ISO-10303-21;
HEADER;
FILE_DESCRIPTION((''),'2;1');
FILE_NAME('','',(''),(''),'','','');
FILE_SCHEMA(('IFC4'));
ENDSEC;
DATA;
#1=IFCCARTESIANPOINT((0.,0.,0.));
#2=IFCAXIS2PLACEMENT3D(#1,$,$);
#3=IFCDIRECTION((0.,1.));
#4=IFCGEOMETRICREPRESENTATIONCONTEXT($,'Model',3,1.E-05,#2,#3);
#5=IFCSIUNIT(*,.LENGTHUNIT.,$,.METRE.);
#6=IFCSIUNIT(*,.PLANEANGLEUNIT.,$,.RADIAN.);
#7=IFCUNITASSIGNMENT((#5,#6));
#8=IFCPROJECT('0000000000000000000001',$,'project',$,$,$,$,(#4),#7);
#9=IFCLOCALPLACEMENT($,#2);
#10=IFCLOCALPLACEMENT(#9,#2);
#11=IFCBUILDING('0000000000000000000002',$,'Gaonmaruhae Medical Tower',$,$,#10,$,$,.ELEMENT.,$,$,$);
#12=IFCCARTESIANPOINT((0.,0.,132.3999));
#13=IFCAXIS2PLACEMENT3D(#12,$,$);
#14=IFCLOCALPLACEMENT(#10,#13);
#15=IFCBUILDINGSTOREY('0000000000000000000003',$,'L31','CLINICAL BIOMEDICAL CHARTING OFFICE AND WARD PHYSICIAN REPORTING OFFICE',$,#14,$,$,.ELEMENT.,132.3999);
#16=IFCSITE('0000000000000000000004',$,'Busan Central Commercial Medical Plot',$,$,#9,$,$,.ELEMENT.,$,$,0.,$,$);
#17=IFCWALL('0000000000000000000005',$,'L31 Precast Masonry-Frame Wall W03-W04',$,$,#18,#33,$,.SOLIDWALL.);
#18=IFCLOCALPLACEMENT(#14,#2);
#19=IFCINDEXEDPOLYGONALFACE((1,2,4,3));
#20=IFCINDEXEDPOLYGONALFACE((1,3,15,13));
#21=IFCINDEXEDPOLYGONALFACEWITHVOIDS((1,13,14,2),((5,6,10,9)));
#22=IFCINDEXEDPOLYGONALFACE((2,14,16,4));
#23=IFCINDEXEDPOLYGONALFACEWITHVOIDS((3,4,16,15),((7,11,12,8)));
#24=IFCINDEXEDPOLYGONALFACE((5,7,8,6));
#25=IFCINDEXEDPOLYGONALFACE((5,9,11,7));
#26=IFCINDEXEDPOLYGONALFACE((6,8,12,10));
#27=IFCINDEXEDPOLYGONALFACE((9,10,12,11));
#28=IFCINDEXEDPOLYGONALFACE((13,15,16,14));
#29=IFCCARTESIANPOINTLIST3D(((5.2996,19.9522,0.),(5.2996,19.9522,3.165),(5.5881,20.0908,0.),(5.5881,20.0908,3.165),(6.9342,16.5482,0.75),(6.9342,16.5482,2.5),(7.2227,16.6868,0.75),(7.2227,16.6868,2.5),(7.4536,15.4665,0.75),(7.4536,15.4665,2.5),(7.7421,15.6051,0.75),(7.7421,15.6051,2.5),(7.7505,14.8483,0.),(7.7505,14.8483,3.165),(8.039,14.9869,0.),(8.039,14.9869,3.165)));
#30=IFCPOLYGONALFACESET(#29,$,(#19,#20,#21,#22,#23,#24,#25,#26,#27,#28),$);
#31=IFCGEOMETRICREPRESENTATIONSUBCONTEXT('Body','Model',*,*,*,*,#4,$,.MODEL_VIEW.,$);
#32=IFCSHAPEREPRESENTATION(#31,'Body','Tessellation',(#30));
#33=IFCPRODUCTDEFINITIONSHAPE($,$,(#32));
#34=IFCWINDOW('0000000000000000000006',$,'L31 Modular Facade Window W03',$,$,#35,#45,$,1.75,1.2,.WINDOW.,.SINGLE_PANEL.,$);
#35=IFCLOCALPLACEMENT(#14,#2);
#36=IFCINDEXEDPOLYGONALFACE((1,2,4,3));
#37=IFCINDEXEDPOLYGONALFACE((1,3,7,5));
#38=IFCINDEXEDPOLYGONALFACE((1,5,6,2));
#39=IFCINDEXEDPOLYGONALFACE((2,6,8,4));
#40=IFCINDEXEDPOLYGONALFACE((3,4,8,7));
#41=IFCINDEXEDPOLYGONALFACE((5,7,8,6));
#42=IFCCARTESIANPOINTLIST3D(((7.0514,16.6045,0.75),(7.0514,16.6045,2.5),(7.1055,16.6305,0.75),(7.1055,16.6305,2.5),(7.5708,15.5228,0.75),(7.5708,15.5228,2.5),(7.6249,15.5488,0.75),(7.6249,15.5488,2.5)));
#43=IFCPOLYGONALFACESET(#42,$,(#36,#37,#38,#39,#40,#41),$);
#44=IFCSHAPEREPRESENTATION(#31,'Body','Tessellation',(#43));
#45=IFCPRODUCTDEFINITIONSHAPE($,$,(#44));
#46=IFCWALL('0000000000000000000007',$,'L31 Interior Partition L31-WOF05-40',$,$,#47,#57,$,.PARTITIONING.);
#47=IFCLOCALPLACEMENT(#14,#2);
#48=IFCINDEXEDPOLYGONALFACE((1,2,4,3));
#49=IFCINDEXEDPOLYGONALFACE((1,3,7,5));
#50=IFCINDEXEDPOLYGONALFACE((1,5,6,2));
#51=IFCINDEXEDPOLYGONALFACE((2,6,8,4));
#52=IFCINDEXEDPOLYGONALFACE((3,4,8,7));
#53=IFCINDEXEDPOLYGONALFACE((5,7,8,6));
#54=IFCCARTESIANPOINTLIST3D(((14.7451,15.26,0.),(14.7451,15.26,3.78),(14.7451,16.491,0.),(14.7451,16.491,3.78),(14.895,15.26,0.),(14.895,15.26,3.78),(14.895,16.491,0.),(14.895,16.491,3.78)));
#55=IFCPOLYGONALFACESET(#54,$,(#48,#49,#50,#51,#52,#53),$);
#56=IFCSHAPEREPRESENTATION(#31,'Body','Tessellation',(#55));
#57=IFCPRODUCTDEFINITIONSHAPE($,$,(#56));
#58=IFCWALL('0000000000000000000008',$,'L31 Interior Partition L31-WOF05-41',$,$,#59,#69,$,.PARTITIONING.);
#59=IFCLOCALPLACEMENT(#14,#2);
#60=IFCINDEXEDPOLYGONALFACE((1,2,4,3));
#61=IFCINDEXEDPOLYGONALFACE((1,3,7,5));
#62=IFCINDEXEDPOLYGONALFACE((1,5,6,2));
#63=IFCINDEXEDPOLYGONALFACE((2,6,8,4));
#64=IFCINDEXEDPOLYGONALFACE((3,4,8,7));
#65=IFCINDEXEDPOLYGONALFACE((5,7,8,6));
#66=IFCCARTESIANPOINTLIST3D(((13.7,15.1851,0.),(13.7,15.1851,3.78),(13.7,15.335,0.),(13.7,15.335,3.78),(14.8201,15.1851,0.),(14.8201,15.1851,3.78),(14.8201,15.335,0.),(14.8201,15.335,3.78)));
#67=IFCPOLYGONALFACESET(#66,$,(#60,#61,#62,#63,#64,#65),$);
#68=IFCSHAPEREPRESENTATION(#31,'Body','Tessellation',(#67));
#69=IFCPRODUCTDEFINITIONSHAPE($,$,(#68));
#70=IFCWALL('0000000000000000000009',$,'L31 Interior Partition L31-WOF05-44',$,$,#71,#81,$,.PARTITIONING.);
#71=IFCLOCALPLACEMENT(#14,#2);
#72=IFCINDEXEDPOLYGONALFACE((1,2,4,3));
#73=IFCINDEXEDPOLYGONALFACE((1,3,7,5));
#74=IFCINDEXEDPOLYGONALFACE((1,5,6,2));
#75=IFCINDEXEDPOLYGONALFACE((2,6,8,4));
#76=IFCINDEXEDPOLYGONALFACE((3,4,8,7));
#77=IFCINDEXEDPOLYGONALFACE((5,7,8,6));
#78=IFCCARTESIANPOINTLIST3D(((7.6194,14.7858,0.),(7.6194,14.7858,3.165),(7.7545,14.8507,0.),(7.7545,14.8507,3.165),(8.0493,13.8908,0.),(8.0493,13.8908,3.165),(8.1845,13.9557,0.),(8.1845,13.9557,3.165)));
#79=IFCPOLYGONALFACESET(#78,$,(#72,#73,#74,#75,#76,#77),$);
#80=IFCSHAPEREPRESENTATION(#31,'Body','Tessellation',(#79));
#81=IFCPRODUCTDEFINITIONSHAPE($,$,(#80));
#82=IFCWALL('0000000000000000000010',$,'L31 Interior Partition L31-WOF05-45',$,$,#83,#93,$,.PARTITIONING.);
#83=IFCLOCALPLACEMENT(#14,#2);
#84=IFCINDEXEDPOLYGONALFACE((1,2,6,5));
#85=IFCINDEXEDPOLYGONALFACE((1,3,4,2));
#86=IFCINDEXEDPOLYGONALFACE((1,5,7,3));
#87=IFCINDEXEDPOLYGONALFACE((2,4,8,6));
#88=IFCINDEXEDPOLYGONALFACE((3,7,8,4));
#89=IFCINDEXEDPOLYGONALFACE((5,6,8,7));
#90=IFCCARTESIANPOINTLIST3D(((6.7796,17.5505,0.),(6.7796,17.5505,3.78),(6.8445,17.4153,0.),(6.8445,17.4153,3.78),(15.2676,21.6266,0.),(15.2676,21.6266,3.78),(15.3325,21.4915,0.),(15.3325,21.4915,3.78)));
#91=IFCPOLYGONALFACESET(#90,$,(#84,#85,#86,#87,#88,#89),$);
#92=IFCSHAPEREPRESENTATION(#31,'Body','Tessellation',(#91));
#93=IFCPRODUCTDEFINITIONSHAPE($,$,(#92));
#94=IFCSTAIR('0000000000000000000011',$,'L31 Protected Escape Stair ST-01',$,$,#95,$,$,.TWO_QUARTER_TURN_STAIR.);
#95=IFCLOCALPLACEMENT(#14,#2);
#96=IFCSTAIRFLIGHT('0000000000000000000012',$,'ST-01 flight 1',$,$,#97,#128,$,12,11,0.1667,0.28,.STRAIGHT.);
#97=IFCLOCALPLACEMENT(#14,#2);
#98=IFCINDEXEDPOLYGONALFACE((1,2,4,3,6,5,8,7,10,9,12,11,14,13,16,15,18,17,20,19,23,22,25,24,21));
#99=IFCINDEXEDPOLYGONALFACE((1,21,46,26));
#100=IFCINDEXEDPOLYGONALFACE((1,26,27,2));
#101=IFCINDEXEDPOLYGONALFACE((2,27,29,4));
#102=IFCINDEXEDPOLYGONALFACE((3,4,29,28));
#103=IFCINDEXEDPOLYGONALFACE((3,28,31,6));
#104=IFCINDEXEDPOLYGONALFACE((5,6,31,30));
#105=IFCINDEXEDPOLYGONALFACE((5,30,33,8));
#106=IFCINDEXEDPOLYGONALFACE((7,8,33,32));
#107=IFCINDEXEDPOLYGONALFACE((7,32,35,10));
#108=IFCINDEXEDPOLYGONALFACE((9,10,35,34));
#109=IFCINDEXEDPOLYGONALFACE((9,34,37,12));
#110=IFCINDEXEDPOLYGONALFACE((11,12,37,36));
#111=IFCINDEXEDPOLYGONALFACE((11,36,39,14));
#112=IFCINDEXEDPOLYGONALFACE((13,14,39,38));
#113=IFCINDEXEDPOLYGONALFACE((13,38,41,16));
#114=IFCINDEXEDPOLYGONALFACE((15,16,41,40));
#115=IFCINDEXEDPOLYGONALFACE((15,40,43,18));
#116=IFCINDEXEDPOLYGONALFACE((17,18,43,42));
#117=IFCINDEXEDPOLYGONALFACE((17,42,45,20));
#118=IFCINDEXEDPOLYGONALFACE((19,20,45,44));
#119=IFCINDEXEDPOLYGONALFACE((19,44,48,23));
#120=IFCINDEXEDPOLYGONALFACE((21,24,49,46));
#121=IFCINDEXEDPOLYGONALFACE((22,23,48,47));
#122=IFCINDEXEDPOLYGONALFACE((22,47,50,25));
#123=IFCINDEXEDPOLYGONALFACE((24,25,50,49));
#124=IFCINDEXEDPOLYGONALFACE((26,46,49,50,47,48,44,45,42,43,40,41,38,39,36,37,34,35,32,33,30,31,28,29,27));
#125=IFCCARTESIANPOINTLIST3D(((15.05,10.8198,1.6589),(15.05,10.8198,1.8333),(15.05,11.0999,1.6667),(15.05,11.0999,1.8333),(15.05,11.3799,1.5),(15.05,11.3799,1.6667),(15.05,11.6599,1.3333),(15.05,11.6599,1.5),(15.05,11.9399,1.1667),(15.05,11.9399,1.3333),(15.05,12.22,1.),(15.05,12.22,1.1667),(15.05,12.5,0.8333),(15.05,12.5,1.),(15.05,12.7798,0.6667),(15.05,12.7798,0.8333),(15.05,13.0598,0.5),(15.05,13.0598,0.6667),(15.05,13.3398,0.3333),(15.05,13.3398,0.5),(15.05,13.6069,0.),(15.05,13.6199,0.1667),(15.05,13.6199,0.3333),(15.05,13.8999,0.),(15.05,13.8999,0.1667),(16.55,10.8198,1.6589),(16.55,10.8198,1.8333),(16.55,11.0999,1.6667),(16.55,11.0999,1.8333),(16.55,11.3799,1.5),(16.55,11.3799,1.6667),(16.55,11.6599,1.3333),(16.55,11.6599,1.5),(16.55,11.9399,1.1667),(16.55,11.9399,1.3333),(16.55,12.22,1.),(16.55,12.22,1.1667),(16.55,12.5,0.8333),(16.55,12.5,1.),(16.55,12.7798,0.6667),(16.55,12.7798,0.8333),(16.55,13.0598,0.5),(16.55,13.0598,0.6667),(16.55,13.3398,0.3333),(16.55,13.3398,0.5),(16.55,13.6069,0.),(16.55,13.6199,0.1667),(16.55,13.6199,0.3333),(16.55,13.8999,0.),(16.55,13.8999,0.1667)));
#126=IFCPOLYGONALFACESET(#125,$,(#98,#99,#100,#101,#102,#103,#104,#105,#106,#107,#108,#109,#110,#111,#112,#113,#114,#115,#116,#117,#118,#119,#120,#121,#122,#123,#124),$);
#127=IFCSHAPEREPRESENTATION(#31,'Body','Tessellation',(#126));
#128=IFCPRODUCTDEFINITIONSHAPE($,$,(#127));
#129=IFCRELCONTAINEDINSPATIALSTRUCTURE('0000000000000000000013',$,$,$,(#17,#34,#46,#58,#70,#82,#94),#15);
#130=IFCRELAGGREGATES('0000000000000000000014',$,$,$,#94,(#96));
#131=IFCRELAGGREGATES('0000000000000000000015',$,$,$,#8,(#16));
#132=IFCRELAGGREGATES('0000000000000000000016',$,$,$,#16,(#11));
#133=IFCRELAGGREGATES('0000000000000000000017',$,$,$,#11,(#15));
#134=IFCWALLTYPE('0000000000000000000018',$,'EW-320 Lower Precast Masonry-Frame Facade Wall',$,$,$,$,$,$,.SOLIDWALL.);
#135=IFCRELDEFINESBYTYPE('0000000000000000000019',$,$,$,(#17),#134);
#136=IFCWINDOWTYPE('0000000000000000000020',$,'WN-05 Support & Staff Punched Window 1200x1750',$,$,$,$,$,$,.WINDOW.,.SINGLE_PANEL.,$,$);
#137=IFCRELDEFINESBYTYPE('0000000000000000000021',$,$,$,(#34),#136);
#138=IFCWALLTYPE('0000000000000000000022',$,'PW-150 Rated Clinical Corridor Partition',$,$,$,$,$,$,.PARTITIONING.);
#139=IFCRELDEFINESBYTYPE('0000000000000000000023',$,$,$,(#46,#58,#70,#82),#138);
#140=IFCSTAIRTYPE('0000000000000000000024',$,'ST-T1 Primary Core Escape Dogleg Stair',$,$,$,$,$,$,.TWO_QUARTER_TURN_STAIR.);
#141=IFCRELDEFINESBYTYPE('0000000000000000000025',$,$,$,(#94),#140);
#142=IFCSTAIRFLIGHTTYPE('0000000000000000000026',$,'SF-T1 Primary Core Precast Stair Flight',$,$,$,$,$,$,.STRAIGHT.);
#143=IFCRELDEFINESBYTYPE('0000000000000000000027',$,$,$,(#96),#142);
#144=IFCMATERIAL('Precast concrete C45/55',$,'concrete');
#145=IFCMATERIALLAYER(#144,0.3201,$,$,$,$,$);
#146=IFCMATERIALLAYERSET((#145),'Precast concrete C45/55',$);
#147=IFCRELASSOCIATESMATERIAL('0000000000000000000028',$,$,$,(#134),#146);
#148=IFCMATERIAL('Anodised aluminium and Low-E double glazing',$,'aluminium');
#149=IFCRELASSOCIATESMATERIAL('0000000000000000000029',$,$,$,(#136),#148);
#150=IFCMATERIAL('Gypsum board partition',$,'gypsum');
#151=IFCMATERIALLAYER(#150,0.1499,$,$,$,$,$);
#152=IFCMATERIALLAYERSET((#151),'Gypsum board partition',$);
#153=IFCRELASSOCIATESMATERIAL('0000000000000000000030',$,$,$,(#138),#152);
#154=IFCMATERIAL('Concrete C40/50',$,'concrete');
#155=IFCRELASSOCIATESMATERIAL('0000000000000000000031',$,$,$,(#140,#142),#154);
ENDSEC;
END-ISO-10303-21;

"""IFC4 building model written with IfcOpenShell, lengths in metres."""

from ifc_helpers import new_model, si_unit, direction, frame, frame_2d, origin, place, context, subcontext, project, spatial, polyline, rectangle, outline, extrude, material, layer, layer_set, type_object, element, fill, aggregate, save


model = new_model("IFC4")

# Units and contexts
model_context = context("Model", 3, precision=1e-05, world=origin(), true_north=direction((0.0, 1.0)))
body_context = subcontext(model_context, "Body", "Model", "MODEL_VIEW")
ifc_project = project(units=[si_unit("LENGTHUNIT", "METRE"), si_unit("PLANEANGLEUNIT", "RADIAN")], contexts=[model_context])

# Site, building, storey
site_placement = place(None, origin())
site = spatial("IfcSite", under=ifc_project, at=site_placement, Name="Busan Central Commercial Medical Plot", CompositionType="ELEMENT", RefElevation=0.0)
building_placement = place(site_placement, origin())
building = spatial("IfcBuilding", under=site, at=building_placement, Name="Gaonmaruhae Medical Tower", CompositionType="ELEMENT")
storey_placement = place(building_placement, frame((0.0, 0.0, 132.3999)))
storey = spatial("IfcBuildingStorey", under=building, at=storey_placement, Name="L31", Description="CLINICAL BIOMEDICAL CHARTING OFFICE AND WARD PHYSICIAN REPORTING OFFICE", CompositionType="ELEMENT", Elevation=132.3999)

# Wall, opening, window
ifc_material_1 = material(Name="Precast concrete C45/55", Category="concrete")
ifc_layer_1 = layer(ifc_material_1, 0.3201)
ifc_layer_set_1 = layer_set([ifc_layer_1], Name="Precast concrete C45/55")
wall_type_1 = type_object("IfcWallType", Name="EW-320 Lower Precast Masonry-Frame Facade Wall", PredefinedType="SOLIDWALL", material=ifc_layer_set_1)
wall_1_placement = place(storey_placement, frame((7.8948, 14.9175, 0.0), z_axis=(0.0, 0.0, 1.0), x_axis=(-0.432875, 0.901454, 0.0)))
wall_1 = element("IfcWall", 1, at=wall_1_placement, inside=storey, type_object=wall_type_1, Name="L31 Precast Masonry-Frame Wall W03-W04", PredefinedType="SOLIDWALL", context=body_context, shape_type="SweptSolid", body=[
    extrude(rectangle(XDim=5.6619, YDim=0.3201, at=frame_2d((2.8311, 0.0))), origin(), (0.0, 0.0, 1.0), 3.165),
])
opening_1_placement = place(wall_1_placement, frame((0.6858, 0.0, 0.75)))
opening_1 = element("IfcOpeningElement", 2, at=opening_1_placement, cuts=wall_1, PredefinedType="OPENING", context=body_context, shape_type="SweptSolid", body=[
    extrude(rectangle(XDim=1.2, YDim=1.75, at=frame_2d((0.6001, 0.875))), frame((0.0, 0.1699, 0.0), z_axis=(0.0, -1.0, 0.0), x_axis=(1.0, 0.0, 0.0)), (0.0, 0.0, 1.0), 0.3401),
])
ifc_material_2 = material(Name="Anodised aluminium and Low-E double glazing", Category="aluminium")
window_type = type_object("IfcWindowType", Name="WN-05 Support & Staff Punched Window 1200x1750", PartitioningType="SINGLE_PANEL", PredefinedType="WINDOW", material=ifc_material_2)
window_placement = place(opening_1_placement, origin())
window = element("IfcWindow", 3, at=window_placement, inside=storey, type_object=window_type, Name="L31 Modular Facade Window W03", OverallHeight=1.75, OverallWidth=1.2, PartitioningType="SINGLE_PANEL", PredefinedType="WINDOW", context=body_context, shape_type="SweptSolid", body=[
    extrude(rectangle(XDim=1.2, YDim=1.75, at=frame_2d((0.6001, 0.875))), frame((0.0, 0.03, 0.0), z_axis=(0.0, -1.0, 0.0), x_axis=(1.0, 0.0, 0.0)), (0.0, 0.0, 1.0), 0.0601),
])
fill(opening_1, window)

# Walls
ifc_material_3 = material(Name="Gypsum board partition", Category="gypsum")
ifc_layer_2 = layer(ifc_material_3, 0.1499)
ifc_layer_set_2 = layer_set([ifc_layer_2], Name="Gypsum board partition")
wall_type_2 = type_object("IfcWallType", Name="PW-150 Rated Clinical Corridor Partition", PredefinedType="PARTITIONING", material=ifc_layer_set_2)
wall_2_placement = place(storey_placement, frame((14.8201, 16.491, 0.0), z_axis=(0.0, 0.0, 1.0), x_axis=(0.0, -1.0, 0.0)))
element("IfcWall", 4, at=wall_2_placement, inside=storey, type_object=wall_type_2, Name="L31 Interior Partition L31-WOF05-40", PredefinedType="PARTITIONING", context=body_context, shape_type="SweptSolid", body=[
    extrude(rectangle(XDim=1.231, YDim=0.1499, at=frame_2d((0.6155, 0.0))), origin(), (0.0, 0.0, 1.0), 3.78),
])
wall_3_placement = place(storey_placement, frame((14.8201, 15.26, 0.0), z_axis=(0.0, 0.0, 1.0), x_axis=(-1.0, 0.0, 0.0)))
element("IfcWall", 5, at=wall_3_placement, inside=storey, type_object=wall_type_2, Name="L31 Interior Partition L31-WOF05-41", PredefinedType="PARTITIONING", context=body_context, shape_type="SweptSolid", body=[
    extrude(rectangle(XDim=1.1201, YDim=0.1499, at=frame_2d((0.5601, 0.0))), origin(), (0.0, 0.0, 1.0), 3.78),
])
wall_4_placement = place(storey_placement, frame((8.1169, 13.9231, 0.0), z_axis=(0.0, 0.0, 1.0), x_axis=(-0.432995, 0.901396, 0.0)))
element("IfcWall", 6, at=wall_4_placement, inside=storey, type_object=wall_type_2, Name="L31 Interior Partition L31-WOF05-44", PredefinedType="PARTITIONING", context=body_context, shape_type="SweptSolid", body=[
    extrude(rectangle(XDim=0.9929, YDim=0.1499, at=frame_2d((0.4966, 0.0))), origin(), (0.0, 0.0, 1.0), 3.165),
])
wall_5_placement = place(storey_placement, frame((6.812, 17.4829, 0.0), z_axis=(0.0, 0.0, 1.0), x_axis=(0.901444, 0.432896, 0.0)))
element("IfcWall", 7, at=wall_5_placement, inside=storey, type_object=wall_type_2, Name="L31 Interior Partition L31-WOF05-45", PredefinedType="PARTITIONING", context=body_context, shape_type="SweptSolid", body=[
    extrude(rectangle(XDim=9.416, YDim=0.1499, at=frame_2d((4.708, 0.0))), origin(), (0.0, 0.0, 1.0), 3.78),
])

# Stair, stair flight
ifc_material_4 = material(Name="Concrete C40/50", Category="concrete")
stair_type = type_object("IfcStairType", Name="ST-T1 Primary Core Escape Dogleg Stair", PredefinedType="TWO_QUARTER_TURN_STAIR", material=ifc_material_4)
stair_placement = place(storey_placement, origin())
stair = element("IfcStair", 8, at=stair_placement, inside=storey, type_object=stair_type, Name="L31 Protected Escape Stair ST-01", PredefinedType="TWO_QUARTER_TURN_STAIR")
stair_flight_type = type_object("IfcStairFlightType", Name="SF-T1 Primary Core Precast Stair Flight", PredefinedType="STRAIGHT", material=ifc_material_4)
stair_flight_placement = place(storey_placement, frame((15.8, 13.8999, 0.0), z_axis=(0.0, 0.0, 1.0), x_axis=(0.0, -1.0, 0.0)))
stair_flight = element("IfcStairFlight", 9, at=stair_flight_placement, type_object=stair_flight_type, Name="ST-01 flight 1", NumberOfRisers=12, NumberOfTreads=11, PredefinedType="STRAIGHT", RiserHeight=0.1667, TreadLength=0.28, context=body_context, shape_type="SweptSolid", body=[
    extrude(outline(polyline([(0.0, 0.0), (0.0, 0.1667), (0.28, 0.1667), (0.28, 0.3333), (0.5601, 0.3333), (0.5601, 0.5), (0.8401, 0.5), (0.8401, 0.6667), (1.1201, 0.6667), (1.1201, 0.8333), (1.3999, 0.8333), (1.3999, 1.0), (1.6799, 1.0), (1.6799, 1.1667), (1.96, 1.1667), (1.96, 1.3333), (2.24, 1.3333), (2.24, 1.5), (2.52, 1.5), (2.52, 1.6667), (2.8, 1.6667), (2.8, 1.8333), (3.0801, 1.8333), (3.0801, 2.0), (3.0801, 1.6589), (0.293, 0.0), (0.0, 0.0)])), frame((0.0, 0.75, 0.0), z_axis=(0.0, -1.0, 0.0), x_axis=(1.0, 0.0, 0.0)), (0.0, 0.0, 1.0), 1.5),
])
aggregate(stair, [stair_flight])

save(model, "model.ifc")
